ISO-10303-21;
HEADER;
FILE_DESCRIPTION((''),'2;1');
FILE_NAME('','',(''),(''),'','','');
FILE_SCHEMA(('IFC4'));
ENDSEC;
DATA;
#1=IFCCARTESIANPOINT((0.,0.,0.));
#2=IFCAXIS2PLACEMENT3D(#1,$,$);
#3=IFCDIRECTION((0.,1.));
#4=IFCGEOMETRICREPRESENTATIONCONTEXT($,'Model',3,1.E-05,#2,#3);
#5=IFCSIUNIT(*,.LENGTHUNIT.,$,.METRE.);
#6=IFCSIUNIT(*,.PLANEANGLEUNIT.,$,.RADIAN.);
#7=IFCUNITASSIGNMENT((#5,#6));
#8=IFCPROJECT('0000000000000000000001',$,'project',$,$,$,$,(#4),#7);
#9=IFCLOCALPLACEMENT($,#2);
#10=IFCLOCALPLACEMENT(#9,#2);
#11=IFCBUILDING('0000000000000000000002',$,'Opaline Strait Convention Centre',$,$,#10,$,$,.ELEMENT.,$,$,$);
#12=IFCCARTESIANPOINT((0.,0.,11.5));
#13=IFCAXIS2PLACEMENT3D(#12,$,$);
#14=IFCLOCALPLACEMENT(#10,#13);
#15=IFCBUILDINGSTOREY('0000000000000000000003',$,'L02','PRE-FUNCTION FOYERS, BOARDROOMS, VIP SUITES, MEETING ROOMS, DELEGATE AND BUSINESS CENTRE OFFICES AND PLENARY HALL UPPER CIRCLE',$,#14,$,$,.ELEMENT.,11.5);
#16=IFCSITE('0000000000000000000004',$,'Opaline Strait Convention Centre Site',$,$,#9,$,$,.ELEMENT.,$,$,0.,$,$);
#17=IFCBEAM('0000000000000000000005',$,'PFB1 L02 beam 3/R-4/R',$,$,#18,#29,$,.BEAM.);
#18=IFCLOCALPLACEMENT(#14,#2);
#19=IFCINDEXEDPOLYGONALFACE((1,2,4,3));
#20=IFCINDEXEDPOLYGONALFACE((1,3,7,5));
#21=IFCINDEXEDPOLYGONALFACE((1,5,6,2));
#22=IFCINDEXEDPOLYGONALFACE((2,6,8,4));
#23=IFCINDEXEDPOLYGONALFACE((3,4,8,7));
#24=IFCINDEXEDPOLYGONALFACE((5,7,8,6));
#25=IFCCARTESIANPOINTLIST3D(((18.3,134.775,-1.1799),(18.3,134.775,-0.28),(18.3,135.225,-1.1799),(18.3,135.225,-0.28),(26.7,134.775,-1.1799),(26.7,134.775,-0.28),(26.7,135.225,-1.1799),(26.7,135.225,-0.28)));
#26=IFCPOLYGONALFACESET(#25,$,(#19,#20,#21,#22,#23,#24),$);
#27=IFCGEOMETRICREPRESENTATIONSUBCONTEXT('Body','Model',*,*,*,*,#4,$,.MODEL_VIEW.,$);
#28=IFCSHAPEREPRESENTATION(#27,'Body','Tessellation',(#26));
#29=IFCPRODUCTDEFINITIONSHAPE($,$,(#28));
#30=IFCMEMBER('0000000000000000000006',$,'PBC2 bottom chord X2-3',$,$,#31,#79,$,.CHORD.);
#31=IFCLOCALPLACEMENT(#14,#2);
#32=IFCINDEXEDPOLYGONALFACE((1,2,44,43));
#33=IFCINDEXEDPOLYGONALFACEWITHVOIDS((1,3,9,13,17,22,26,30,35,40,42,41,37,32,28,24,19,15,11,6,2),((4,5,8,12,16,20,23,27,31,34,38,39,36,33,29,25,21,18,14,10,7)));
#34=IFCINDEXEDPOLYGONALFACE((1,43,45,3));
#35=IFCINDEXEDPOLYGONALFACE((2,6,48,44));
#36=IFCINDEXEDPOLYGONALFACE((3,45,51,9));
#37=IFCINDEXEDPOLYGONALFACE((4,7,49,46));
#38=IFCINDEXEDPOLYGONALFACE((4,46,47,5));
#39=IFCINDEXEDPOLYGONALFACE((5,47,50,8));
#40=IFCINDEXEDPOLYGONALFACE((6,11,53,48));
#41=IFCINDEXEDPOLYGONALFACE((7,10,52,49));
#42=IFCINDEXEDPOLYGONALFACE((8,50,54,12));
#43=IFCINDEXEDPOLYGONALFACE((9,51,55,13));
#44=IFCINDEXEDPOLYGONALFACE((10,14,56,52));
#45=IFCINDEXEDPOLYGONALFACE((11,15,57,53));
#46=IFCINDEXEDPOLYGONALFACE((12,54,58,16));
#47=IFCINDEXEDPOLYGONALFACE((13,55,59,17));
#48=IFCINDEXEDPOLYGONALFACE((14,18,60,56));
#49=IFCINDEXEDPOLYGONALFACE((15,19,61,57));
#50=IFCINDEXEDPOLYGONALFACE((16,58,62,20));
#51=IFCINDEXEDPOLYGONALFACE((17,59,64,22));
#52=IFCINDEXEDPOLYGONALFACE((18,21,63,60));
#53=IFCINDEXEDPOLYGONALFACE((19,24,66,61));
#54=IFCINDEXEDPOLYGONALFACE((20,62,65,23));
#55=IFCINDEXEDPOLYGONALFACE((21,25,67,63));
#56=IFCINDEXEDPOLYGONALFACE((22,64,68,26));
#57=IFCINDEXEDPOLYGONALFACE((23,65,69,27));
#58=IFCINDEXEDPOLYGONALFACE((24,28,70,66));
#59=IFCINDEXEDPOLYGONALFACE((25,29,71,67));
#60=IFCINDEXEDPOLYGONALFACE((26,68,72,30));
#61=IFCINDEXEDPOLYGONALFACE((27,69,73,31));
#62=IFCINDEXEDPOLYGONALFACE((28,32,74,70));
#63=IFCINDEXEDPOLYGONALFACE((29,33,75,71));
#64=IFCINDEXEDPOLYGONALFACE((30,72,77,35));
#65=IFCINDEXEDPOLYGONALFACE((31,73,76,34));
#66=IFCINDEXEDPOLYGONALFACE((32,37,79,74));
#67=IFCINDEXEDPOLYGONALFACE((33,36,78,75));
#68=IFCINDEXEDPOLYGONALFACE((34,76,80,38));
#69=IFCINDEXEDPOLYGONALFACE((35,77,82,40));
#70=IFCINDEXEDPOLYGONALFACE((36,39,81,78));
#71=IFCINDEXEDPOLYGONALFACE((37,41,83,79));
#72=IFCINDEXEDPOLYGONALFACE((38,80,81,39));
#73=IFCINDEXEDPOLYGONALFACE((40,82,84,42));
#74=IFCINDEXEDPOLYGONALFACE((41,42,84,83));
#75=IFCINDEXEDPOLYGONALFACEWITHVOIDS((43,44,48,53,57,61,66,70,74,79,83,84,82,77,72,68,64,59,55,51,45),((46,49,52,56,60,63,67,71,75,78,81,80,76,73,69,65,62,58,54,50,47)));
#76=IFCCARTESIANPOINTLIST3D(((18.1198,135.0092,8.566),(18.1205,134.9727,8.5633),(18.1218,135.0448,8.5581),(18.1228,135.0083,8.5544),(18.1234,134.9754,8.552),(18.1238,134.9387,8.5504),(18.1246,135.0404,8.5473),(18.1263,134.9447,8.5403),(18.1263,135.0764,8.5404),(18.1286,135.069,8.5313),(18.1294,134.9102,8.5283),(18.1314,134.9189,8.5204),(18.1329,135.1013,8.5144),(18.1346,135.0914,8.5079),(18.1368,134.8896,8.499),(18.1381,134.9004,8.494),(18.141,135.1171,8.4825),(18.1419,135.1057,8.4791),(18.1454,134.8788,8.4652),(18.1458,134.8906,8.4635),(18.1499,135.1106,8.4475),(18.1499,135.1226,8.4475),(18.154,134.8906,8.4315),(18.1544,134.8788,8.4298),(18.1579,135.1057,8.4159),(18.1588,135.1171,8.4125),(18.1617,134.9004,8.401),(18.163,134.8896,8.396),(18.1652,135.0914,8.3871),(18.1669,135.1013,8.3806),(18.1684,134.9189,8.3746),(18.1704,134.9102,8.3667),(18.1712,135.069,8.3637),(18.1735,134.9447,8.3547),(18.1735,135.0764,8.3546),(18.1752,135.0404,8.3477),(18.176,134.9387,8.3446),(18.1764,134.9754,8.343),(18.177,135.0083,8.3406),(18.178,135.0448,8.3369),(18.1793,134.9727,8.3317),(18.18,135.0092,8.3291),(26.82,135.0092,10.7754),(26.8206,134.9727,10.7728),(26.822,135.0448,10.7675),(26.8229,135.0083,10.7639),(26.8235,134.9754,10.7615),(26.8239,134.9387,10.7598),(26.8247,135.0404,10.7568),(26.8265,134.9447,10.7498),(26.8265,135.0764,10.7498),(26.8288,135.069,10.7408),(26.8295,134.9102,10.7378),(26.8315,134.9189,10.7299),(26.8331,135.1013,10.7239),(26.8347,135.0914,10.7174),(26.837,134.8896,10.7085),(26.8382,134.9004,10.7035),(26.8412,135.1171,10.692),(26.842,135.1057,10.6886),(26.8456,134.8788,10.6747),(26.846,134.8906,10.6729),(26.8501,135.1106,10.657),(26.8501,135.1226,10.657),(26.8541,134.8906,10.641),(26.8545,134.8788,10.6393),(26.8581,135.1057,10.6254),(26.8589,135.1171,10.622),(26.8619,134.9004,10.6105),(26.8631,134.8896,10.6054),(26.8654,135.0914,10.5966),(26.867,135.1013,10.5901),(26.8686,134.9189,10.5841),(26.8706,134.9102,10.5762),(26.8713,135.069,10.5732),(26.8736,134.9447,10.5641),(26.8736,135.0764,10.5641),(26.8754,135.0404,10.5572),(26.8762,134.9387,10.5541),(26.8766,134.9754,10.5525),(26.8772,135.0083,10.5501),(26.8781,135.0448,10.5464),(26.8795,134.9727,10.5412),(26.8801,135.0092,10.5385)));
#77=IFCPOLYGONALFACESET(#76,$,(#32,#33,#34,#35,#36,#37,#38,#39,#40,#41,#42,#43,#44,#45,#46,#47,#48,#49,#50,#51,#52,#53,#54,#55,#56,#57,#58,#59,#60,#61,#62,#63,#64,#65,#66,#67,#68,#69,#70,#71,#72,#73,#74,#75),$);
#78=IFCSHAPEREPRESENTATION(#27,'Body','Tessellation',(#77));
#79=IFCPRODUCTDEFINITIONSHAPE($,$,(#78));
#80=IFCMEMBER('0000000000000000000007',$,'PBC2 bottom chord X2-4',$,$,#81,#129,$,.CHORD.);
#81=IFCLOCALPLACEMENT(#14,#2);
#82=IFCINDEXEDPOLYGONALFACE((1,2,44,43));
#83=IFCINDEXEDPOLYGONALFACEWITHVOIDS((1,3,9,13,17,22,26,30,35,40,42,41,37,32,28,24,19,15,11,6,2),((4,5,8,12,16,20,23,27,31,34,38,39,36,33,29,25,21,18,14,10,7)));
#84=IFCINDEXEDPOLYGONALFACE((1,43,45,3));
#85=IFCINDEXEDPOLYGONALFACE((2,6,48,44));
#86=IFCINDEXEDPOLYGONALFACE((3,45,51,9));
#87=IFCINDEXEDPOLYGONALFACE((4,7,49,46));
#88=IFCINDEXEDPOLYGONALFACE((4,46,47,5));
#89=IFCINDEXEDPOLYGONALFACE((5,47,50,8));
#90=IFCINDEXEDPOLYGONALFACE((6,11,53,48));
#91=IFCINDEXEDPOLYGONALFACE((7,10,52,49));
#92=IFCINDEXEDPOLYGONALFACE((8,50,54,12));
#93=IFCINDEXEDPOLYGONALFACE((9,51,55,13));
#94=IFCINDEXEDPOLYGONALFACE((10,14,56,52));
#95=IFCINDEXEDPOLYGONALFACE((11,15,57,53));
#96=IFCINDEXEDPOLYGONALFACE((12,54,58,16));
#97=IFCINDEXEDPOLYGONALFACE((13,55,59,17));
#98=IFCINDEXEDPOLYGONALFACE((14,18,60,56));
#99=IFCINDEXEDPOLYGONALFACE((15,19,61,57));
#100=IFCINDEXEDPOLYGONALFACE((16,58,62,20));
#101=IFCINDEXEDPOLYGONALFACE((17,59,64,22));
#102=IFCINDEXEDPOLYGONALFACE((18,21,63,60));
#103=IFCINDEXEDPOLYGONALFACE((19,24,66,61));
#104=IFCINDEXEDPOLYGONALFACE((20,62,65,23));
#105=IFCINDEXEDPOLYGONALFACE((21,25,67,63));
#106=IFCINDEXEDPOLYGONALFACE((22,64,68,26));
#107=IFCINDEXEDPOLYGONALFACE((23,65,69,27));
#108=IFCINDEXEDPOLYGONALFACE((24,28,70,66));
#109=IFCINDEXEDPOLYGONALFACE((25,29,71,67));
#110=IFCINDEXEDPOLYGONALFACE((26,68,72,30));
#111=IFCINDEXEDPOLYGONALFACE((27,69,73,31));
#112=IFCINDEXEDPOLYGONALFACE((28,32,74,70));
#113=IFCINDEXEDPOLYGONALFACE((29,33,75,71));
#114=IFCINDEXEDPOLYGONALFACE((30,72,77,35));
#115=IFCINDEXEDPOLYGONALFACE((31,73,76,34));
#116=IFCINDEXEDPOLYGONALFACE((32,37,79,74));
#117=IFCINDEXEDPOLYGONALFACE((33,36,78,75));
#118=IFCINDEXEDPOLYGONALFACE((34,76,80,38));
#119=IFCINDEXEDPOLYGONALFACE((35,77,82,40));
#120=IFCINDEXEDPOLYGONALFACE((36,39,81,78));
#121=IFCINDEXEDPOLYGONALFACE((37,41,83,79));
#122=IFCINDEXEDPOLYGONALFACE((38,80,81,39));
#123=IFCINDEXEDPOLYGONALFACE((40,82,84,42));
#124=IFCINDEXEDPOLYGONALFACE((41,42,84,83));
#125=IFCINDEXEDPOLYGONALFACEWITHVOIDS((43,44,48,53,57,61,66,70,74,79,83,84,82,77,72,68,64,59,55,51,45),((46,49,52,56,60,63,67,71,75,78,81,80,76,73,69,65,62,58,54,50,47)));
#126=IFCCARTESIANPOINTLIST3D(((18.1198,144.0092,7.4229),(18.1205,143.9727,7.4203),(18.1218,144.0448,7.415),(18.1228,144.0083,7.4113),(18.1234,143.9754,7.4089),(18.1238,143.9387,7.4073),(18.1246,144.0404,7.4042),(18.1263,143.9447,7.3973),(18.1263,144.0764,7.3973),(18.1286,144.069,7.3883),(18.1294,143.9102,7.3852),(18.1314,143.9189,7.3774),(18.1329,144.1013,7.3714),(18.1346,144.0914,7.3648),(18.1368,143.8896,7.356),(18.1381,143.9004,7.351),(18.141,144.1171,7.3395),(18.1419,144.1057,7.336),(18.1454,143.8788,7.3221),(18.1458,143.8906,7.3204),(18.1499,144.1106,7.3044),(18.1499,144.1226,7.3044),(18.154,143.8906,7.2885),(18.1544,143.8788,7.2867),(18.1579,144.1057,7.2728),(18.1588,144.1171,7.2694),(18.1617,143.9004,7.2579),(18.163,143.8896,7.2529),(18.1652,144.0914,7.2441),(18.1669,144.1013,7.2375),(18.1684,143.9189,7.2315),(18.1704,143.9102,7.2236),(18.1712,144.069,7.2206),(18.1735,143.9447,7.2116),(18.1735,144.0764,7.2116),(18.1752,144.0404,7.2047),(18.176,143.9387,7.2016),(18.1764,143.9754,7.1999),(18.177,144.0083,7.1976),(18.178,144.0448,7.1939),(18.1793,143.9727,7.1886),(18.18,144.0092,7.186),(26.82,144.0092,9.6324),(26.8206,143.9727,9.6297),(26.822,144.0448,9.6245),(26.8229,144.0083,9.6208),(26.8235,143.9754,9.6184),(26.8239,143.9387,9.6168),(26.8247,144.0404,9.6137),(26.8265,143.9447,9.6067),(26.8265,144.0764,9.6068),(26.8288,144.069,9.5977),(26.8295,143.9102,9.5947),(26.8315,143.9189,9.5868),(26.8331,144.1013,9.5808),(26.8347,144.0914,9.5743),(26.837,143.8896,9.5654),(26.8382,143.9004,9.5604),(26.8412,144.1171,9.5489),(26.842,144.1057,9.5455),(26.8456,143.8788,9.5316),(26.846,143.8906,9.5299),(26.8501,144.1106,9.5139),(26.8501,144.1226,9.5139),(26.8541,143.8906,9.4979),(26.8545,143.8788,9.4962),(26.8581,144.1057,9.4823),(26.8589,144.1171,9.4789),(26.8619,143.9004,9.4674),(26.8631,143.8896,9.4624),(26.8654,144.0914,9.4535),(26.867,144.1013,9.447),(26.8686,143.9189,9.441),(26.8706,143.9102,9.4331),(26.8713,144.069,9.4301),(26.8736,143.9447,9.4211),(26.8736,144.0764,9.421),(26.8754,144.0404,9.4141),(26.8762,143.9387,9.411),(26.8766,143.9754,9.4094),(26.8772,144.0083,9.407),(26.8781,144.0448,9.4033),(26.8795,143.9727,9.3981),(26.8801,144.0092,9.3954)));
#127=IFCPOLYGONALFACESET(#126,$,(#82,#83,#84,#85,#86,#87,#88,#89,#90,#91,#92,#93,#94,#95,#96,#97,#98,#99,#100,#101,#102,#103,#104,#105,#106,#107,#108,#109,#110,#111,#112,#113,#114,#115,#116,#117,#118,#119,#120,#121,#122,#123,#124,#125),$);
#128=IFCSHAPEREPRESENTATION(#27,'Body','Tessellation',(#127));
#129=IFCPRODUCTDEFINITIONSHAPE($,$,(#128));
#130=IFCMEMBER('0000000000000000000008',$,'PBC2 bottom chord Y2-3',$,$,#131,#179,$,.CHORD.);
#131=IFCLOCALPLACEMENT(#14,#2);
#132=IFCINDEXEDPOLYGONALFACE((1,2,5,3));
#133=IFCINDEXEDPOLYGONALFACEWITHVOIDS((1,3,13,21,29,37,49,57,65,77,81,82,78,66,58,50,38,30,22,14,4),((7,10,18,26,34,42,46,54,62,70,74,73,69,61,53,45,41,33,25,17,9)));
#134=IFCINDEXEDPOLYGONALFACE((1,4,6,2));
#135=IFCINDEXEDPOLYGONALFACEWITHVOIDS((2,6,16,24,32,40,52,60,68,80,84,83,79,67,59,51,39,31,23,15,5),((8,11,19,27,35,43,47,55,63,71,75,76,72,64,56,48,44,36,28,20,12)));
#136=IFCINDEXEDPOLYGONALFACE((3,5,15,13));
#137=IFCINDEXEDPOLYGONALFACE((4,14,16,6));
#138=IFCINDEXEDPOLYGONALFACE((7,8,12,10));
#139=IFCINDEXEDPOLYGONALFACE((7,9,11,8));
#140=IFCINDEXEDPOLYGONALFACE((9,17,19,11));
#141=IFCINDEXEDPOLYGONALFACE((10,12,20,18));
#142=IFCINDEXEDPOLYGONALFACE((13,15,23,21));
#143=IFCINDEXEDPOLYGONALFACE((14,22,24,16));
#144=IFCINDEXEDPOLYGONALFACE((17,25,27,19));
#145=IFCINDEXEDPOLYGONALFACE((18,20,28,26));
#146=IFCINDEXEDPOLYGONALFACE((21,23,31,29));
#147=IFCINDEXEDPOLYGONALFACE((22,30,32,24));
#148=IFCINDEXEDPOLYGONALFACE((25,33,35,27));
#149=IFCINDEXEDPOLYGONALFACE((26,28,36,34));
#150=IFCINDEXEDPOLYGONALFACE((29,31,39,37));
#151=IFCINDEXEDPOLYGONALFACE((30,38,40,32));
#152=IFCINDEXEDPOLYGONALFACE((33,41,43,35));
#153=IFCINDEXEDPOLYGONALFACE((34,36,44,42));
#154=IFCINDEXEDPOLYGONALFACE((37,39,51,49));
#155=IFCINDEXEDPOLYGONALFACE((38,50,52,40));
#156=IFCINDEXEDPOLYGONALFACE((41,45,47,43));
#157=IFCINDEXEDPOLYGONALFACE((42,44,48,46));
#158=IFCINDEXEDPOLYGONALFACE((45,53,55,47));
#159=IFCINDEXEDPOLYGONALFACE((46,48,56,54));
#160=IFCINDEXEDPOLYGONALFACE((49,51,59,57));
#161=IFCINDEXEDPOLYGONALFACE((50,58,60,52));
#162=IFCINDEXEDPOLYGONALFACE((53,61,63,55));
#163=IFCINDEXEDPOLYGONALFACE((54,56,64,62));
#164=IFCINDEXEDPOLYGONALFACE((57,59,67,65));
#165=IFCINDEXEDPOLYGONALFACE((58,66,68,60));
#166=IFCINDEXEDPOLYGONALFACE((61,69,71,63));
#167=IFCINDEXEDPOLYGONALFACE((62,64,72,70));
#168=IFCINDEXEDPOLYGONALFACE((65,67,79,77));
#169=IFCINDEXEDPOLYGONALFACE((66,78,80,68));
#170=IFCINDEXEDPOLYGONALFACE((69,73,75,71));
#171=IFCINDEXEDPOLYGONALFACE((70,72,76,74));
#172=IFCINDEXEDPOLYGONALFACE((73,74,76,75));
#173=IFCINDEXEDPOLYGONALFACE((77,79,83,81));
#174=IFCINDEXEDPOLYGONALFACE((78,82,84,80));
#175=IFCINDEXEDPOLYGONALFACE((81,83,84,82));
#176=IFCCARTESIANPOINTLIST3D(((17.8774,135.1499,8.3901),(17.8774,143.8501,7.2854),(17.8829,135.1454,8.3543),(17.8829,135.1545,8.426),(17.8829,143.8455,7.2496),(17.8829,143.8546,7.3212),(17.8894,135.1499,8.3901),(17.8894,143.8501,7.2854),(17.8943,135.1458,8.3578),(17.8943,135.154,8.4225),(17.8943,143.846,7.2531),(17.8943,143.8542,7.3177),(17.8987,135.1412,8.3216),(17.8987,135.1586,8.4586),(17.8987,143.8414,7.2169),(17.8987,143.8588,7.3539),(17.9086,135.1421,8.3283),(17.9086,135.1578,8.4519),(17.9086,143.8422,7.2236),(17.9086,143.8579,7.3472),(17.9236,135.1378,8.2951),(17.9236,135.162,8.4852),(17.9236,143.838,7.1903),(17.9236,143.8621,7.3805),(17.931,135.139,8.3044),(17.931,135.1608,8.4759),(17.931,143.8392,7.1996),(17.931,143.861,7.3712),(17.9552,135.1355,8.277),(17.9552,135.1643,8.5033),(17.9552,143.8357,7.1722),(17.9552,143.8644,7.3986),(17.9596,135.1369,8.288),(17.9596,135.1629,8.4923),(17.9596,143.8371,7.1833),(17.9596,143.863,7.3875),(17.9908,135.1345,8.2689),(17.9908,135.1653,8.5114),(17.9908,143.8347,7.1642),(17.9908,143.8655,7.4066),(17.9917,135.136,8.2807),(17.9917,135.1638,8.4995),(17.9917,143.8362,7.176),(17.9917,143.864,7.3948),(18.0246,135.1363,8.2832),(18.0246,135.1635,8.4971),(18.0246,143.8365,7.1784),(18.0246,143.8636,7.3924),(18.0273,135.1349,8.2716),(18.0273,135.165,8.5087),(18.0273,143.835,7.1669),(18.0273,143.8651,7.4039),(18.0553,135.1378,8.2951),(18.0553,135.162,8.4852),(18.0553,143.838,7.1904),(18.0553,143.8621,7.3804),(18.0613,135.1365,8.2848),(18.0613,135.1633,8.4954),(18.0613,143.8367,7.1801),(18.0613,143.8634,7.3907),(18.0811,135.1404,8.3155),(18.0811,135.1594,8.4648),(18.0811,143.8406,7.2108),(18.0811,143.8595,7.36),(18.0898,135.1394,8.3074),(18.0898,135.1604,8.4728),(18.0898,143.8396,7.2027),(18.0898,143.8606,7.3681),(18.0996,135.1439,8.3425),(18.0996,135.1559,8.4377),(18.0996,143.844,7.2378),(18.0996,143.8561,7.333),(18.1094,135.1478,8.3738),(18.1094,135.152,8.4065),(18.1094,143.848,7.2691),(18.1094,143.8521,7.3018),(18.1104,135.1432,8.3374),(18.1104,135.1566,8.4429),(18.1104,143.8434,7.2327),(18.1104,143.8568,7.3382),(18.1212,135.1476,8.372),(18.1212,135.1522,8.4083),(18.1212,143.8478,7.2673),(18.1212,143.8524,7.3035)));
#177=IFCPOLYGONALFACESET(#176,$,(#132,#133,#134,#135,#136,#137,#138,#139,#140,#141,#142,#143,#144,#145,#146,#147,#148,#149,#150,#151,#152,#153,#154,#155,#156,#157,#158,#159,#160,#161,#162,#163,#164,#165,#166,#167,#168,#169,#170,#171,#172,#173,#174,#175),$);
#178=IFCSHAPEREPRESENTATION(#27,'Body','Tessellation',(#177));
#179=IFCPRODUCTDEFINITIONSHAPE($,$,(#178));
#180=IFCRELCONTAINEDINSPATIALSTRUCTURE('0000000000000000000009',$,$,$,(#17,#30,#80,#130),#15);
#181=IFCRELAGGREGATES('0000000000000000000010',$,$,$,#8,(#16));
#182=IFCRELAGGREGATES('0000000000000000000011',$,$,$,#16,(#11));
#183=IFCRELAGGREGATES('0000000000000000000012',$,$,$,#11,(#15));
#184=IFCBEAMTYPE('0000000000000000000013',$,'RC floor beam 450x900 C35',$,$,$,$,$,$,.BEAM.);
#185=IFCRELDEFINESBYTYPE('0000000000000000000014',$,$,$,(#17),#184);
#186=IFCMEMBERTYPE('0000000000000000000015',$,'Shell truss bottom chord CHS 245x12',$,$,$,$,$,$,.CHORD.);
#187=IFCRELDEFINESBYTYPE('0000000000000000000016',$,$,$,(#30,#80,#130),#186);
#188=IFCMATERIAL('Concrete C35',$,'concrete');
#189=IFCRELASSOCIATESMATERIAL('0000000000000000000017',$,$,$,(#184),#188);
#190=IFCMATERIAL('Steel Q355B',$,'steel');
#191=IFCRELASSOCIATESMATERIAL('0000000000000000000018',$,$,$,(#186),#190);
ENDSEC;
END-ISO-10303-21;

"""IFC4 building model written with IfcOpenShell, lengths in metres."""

from ifc_helpers import new_model, si_unit, direction, frame, origin, origin_2d, place, context, subcontext, project, spatial, rectangle, hollow_circle, extrude, material, material_profile, profile_set, type_object, element, save


model = new_model("IFC4")

# Units and contexts
model_context = context("Model", 3, precision=1e-05, world=origin(), true_north=direction((0.0, 1.0)))
body_context = subcontext(model_context, "Body", "Model", "MODEL_VIEW")
ifc_project = project(units=[si_unit("LENGTHUNIT", "METRE"), si_unit("PLANEANGLEUNIT", "RADIAN")], contexts=[model_context])

# Site, building, storey
site_placement = place(None, origin())
site = spatial("IfcSite", under=ifc_project, at=site_placement, Name="Opaline Strait Convention Centre Site", CompositionType="ELEMENT", RefElevation=0.0)
building_placement = place(site_placement, origin())
building = spatial("IfcBuilding", under=site, at=building_placement, Name="Opaline Strait Convention Centre", CompositionType="ELEMENT")
storey_placement = place(building_placement, frame((0.0, 0.0, 11.5)))
storey = spatial("IfcBuildingStorey", under=building, at=storey_placement, Name="L02", Description="PRE-FUNCTION FOYERS, BOARDROOMS, VIP SUITES, MEETING ROOMS, DELEGATE AND BUSINESS CENTRE OFFICES AND PLENARY HALL UPPER CIRCLE", CompositionType="ELEMENT", Elevation=11.5)

# Beam
ifc_material_1 = material(Name="Concrete C35", Category="concrete")
ifc_material_profile_1 = material_profile(ifc_material_1, rectangle(XDim=0.45, YDim=0.8999, at=origin_2d()), Name="RC 450x900")
ifc_profile_set_1 = profile_set([ifc_material_profile_1], Name="Concrete C35")
beam_type = type_object("IfcBeamType", Name="RC floor beam 450x900 C35", PredefinedType="BEAM", material=ifc_profile_set_1)
beam_placement = place(storey_placement, frame((18.3, 135.0, -0.73), z_axis=(1.0, 0.0, 0.0), x_axis=(0.0, 1.0, 0.0)))
element("IfcBeam", 1, at=beam_placement, inside=storey, type_object=beam_type, Name="PFB1 L02 beam 3/R-4/R", PredefinedType="BEAM", context=body_context, shape_type="SweptSolid", body=[
    extrude(rectangle(XDim=0.45, YDim=0.8999, at=origin_2d()), origin(), (0.0, 0.0, 1.0), 8.3999),
])

# Members
ifc_material_2 = material(Name="Steel Q355B", Category="steel")
ifc_material_profile_2 = material_profile(ifc_material_2, hollow_circle(Radius=0.1226, WallThickness=0.012, at=origin_2d()), Name="CHS 245x12")
ifc_profile_set_2 = profile_set([ifc_material_profile_2], Name="Steel Q355B")
member_type_1 = type_object("IfcMemberType", Name="Shell truss bottom chord CHS 245x12", PredefinedType="CHORD", material=ifc_profile_set_2)
for number, where, z_axis, x_axis, name in (
    (2, (18.1499, 135.0, 8.4475), (0.969233, 0.0, 0.246143), (0.0, 1.0, 0.0), "PBC2 bottom chord X2-3"),
    (3, (18.1499, 144.0, 7.3044), (0.969233, 0.0, 0.246143), (0.0, 1.0, 0.0), "PBC2 bottom chord X2-4"),
):
    element("IfcMember", number, at=place(storey_placement, frame(where, z_axis=z_axis, x_axis=x_axis)), inside=storey, type_object=member_type_1, Name=name, PredefinedType="CHORD", context=body_context, shape_type="SweptSolid", body=[
        extrude(hollow_circle(Radius=0.1226, WallThickness=0.012, at=origin_2d()), origin(), (0.0, 0.0, 1.0), 8.9763),
    ])
member_1_placement = place(storey_placement, frame((18.0, 135.1499, 8.3901), z_axis=(0.0, 0.992034, -0.125967), x_axis=(-1.0, 0.0, 0.0)))
element("IfcMember", 4, at=member_1_placement, inside=storey, type_object=member_type_1, Name="PBC2 bottom chord Y2-3", PredefinedType="CHORD", context=body_context, shape_type="SweptSolid", body=[
    extrude(hollow_circle(Radius=0.1226, WallThickness=0.012, at=origin_2d()), origin(), (0.0, 0.0, 1.0), 8.77),
])

save(model, "model.ifc")
